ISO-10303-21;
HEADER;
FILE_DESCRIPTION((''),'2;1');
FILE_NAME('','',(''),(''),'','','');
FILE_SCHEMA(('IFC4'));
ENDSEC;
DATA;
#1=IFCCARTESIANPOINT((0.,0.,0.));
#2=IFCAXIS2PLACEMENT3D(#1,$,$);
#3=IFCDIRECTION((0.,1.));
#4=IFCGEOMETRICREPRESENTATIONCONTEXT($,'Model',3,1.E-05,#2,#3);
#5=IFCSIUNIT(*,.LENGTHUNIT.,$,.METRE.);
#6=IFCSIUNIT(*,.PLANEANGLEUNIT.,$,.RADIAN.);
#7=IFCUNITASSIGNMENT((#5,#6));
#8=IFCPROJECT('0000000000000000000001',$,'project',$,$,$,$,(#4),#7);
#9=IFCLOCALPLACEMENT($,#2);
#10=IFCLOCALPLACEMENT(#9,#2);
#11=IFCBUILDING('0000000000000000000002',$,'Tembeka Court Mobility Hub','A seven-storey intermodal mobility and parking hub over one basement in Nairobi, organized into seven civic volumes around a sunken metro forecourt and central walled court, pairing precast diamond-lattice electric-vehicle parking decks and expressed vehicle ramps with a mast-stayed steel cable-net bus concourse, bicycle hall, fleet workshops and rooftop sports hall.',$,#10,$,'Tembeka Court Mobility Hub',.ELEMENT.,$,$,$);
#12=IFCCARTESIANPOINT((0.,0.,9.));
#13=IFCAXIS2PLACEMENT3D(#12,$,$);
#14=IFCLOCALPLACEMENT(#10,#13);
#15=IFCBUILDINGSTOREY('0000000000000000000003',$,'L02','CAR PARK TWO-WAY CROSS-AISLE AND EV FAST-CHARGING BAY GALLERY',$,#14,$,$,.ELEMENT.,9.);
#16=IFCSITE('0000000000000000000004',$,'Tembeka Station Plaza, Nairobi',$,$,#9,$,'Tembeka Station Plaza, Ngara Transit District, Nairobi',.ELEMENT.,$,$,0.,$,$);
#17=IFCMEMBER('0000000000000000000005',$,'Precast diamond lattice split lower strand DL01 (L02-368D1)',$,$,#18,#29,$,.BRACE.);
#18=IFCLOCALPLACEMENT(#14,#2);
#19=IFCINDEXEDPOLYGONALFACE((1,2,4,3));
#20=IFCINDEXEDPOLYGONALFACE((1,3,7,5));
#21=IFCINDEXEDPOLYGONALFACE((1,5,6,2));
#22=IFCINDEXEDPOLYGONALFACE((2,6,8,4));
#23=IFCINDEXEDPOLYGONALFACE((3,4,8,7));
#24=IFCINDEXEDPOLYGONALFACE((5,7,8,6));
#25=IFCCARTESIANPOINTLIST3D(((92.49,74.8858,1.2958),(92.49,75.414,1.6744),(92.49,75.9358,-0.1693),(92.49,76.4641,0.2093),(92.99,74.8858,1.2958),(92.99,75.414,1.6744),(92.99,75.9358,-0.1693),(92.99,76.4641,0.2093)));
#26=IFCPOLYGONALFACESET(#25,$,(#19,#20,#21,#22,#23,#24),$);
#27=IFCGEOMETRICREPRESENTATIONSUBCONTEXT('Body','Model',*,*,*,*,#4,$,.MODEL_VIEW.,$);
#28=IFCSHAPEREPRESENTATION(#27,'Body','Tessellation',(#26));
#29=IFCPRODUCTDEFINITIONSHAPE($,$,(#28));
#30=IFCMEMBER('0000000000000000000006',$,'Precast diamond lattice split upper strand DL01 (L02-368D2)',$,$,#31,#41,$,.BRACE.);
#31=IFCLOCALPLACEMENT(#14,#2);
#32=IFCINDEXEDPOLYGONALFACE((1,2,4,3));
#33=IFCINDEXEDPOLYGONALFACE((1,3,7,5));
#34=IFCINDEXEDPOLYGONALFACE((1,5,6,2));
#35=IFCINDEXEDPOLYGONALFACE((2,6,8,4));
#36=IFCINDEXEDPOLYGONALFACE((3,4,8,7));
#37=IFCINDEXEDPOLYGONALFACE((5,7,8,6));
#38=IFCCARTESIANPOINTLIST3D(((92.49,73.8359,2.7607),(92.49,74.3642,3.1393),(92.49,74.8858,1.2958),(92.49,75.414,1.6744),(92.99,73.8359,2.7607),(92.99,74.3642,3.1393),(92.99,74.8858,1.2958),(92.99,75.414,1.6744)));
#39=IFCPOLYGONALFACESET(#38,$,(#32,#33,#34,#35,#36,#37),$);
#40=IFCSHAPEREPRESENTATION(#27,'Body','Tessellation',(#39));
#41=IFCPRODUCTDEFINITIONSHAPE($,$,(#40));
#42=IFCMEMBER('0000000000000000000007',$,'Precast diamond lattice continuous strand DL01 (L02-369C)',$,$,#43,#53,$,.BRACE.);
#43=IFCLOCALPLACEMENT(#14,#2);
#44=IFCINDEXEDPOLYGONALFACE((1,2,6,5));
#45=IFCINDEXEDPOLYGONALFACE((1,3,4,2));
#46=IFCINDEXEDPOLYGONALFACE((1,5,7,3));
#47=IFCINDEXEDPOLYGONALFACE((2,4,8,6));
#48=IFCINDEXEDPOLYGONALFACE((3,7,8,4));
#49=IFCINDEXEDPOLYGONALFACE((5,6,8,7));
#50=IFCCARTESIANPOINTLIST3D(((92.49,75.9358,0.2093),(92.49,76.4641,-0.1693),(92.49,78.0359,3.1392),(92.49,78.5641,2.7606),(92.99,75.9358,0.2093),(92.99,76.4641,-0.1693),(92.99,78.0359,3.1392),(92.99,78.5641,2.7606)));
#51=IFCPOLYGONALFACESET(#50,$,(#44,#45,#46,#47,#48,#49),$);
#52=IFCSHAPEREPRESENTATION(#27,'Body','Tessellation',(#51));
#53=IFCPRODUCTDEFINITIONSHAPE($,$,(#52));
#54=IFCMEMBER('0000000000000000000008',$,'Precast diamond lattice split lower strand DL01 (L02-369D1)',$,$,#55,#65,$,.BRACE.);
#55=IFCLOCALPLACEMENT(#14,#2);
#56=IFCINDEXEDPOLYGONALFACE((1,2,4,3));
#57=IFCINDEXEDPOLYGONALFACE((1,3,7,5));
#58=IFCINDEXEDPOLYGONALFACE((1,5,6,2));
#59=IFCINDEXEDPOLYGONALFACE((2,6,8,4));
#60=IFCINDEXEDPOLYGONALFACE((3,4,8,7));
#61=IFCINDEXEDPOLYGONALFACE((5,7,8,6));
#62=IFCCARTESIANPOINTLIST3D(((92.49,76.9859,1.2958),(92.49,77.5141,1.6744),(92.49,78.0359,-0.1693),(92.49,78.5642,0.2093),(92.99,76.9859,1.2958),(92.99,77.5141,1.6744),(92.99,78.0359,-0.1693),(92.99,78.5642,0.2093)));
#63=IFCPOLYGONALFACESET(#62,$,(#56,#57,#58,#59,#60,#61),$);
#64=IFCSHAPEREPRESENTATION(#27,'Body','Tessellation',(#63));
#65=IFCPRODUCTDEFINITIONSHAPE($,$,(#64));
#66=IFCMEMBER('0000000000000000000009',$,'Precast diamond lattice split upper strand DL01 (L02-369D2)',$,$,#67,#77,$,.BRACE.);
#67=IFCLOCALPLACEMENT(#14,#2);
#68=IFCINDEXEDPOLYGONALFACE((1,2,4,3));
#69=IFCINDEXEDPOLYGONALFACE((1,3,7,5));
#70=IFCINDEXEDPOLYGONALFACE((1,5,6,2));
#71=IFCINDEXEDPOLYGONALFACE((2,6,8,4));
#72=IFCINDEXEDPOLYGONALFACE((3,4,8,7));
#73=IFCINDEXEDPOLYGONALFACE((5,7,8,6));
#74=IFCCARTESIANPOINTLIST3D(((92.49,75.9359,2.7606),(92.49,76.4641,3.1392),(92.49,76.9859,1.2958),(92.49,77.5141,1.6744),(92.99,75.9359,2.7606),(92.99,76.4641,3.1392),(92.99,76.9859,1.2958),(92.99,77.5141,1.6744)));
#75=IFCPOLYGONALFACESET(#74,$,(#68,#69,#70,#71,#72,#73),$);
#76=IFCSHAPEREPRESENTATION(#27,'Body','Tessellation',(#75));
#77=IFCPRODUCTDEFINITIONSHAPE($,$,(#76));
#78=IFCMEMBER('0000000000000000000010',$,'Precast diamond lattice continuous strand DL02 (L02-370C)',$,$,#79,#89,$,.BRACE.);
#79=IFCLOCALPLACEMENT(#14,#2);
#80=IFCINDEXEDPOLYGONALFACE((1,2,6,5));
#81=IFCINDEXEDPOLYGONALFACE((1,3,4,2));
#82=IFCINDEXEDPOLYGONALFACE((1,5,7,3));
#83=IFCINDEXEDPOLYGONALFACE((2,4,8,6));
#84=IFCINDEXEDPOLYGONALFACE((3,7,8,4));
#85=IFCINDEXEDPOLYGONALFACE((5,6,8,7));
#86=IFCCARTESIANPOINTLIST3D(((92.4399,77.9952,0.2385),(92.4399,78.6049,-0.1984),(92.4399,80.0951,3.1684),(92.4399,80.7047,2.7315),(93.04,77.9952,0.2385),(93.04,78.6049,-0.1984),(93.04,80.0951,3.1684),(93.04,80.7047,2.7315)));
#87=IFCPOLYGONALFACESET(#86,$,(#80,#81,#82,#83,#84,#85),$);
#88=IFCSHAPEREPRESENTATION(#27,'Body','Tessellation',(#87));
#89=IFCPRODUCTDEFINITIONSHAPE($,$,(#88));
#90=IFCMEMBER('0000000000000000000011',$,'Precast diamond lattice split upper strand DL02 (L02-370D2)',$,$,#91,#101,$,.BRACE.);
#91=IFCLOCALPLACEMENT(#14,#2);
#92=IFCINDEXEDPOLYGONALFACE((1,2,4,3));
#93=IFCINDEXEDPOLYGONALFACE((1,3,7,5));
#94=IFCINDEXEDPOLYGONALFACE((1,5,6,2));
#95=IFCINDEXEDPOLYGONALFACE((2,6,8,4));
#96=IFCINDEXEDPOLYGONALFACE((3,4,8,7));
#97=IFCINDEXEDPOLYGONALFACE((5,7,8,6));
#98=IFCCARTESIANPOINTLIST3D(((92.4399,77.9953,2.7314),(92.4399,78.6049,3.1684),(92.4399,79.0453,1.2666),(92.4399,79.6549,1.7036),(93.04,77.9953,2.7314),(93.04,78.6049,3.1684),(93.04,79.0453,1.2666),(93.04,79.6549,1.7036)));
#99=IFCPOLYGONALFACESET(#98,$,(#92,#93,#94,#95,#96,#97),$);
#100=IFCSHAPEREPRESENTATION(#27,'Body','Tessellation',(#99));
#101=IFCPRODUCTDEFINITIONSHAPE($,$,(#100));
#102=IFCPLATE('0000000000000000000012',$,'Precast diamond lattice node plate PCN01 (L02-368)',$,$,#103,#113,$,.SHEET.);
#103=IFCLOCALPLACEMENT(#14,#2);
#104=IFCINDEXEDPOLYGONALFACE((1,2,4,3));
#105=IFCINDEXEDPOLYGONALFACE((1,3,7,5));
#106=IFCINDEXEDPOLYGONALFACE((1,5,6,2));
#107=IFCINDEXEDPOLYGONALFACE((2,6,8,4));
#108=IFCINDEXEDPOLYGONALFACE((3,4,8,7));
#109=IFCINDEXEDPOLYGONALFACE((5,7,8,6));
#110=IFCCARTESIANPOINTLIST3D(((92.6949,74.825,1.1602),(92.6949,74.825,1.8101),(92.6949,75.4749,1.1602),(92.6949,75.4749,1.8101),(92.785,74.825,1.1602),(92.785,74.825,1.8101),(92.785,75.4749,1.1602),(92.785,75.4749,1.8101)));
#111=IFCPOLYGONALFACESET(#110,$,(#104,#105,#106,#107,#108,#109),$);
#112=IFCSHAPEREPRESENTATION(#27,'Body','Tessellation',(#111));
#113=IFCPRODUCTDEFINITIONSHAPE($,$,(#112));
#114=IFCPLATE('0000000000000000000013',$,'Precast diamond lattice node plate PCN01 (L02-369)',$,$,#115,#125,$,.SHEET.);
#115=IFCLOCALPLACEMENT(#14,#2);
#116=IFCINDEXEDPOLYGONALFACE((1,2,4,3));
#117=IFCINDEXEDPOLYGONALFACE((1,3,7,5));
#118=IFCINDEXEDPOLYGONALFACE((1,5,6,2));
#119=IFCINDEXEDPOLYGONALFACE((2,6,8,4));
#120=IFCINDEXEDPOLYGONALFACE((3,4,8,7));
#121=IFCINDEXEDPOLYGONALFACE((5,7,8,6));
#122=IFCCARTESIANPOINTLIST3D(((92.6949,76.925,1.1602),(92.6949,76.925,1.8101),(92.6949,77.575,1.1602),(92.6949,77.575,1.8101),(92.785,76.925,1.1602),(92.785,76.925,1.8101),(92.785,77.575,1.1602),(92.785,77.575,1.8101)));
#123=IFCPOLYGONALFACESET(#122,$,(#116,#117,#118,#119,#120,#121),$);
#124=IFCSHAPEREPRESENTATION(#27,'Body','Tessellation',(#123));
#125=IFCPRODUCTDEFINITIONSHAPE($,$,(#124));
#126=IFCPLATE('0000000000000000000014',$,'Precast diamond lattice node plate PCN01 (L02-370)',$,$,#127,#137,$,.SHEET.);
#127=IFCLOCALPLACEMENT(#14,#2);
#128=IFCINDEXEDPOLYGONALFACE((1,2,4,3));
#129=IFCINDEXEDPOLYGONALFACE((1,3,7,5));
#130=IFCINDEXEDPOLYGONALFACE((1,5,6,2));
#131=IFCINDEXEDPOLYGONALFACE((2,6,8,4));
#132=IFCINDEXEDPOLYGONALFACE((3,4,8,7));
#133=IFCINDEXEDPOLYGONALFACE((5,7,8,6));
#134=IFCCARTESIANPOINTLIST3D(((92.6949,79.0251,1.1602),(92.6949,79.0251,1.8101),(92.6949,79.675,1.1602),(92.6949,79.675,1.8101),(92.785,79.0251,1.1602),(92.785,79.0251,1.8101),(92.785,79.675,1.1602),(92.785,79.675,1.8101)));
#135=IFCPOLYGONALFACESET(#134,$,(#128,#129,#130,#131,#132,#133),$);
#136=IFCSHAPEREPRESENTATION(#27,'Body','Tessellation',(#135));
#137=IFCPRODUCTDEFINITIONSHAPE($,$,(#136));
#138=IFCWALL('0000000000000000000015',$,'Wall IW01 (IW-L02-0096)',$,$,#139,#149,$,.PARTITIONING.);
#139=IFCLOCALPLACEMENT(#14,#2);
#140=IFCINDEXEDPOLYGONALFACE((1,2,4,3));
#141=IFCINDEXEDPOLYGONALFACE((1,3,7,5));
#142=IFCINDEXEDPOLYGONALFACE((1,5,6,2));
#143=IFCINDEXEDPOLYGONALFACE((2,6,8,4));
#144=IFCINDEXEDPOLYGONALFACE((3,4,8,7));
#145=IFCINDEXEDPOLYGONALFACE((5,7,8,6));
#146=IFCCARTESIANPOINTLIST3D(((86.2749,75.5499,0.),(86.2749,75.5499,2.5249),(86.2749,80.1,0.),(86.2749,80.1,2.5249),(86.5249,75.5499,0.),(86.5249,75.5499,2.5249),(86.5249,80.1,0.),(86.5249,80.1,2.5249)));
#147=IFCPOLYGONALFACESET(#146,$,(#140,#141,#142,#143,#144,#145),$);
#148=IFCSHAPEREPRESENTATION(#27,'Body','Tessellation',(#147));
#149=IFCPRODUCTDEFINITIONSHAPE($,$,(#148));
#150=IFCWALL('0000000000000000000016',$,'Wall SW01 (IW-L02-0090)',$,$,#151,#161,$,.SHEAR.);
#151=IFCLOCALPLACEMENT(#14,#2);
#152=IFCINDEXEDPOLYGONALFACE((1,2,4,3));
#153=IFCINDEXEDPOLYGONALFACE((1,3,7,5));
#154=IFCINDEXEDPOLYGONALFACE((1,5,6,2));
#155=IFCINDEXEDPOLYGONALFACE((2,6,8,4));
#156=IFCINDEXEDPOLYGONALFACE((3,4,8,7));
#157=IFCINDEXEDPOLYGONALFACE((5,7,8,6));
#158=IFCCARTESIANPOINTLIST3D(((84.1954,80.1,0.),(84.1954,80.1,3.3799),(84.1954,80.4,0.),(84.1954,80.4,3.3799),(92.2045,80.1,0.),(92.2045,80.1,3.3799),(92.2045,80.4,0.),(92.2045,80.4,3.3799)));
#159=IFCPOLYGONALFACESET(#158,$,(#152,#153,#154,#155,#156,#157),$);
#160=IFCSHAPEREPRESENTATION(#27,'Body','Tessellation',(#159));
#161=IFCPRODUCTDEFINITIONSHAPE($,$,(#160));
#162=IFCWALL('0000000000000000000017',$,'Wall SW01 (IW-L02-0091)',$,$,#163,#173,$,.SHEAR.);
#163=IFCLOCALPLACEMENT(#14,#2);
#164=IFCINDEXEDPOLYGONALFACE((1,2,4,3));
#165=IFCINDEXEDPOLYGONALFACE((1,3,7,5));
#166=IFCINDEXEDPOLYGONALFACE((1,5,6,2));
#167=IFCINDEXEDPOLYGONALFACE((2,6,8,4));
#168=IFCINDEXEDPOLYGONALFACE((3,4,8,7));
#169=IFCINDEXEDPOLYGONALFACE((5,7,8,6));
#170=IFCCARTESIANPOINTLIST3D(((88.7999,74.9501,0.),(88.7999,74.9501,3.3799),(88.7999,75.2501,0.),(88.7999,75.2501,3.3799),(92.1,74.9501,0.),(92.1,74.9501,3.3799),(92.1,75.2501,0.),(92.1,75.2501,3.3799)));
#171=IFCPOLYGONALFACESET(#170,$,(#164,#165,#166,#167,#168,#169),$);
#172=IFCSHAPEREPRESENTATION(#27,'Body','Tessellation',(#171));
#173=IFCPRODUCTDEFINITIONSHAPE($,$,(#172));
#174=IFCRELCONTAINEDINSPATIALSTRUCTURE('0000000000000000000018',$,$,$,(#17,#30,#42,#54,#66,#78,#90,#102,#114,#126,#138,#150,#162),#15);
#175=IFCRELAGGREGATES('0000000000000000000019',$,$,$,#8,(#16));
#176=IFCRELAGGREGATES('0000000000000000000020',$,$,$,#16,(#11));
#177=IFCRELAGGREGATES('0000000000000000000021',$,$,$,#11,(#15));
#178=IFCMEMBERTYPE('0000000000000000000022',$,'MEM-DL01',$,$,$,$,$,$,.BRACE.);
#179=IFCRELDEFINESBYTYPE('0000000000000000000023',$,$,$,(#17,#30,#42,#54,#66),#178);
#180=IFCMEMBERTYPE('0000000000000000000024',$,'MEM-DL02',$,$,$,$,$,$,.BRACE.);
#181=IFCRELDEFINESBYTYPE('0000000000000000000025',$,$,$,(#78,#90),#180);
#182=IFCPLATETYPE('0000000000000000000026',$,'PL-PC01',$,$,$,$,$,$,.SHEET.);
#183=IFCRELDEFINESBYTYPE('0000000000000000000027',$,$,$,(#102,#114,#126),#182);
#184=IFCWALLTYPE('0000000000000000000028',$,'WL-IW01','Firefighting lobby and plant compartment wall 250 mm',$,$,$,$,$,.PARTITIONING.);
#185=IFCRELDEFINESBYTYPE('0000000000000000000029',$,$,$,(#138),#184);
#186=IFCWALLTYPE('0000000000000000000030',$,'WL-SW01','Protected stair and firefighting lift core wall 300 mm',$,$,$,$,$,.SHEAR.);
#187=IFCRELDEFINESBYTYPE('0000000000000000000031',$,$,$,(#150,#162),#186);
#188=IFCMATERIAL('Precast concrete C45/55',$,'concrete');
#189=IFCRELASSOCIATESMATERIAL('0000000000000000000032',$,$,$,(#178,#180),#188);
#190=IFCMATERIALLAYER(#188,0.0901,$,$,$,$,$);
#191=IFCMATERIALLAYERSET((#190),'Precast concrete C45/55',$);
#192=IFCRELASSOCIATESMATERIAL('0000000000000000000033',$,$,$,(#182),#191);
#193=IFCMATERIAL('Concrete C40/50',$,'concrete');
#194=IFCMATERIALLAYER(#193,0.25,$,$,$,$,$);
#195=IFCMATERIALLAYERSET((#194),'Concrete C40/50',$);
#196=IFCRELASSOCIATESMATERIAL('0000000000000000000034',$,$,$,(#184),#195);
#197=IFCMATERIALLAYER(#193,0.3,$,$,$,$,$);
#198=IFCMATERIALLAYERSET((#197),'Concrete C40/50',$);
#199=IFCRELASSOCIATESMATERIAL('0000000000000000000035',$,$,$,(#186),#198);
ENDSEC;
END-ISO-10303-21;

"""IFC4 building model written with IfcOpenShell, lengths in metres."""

from ifc_helpers import new_model, si_unit, direction, frame, frame_2d, origin, origin_2d, place, context, subcontext, project, spatial, rectangle, extrude, material, layer, layer_set, material_profile, profile_set, type_object, element, save


model = new_model("IFC4")

# Units and contexts
model_context = context("Model", 3, precision=1e-05, world=origin(), true_north=direction((0.0, 1.0)))
body_context = subcontext(model_context, "Body", "Model", "MODEL_VIEW")
ifc_project = project(units=[si_unit("LENGTHUNIT", "METRE"), si_unit("PLANEANGLEUNIT", "RADIAN")], contexts=[model_context])

# Site, building, storey
site_placement = place(None, origin())
site = spatial("IfcSite", under=ifc_project, at=site_placement, Name="Tembeka Station Plaza, Nairobi", LongName="Tembeka Station Plaza, Ngara Transit District, Nairobi", CompositionType="ELEMENT", RefElevation=0.0)
building_placement = place(site_placement, origin())
building = spatial("IfcBuilding", under=site, at=building_placement, Name="Tembeka Court Mobility Hub", Description="A seven-storey intermodal mobility and parking hub over one basement in Nairobi, organized into seven civic volumes around a sunken metro forecourt and central walled court, pairing precast diamond-lattice electric-vehicle parking decks and expressed vehicle ramps with a mast-stayed steel cable-net bus concourse, bicycle hall, fleet workshops and rooftop sports hall.", LongName="Tembeka Court Mobility Hub", CompositionType="ELEMENT")
storey_placement = place(building_placement, frame((0.0, 0.0, 9.0)))
storey = spatial("IfcBuildingStorey", under=building, at=storey_placement, Name="L02", Description="CAR PARK TWO-WAY CROSS-AISLE AND EV FAST-CHARGING BAY GALLERY", CompositionType="ELEMENT", Elevation=9.0)

# Members
ifc_material_1 = material(Name="Precast concrete C45/55", Category="concrete")
ifc_material_profile_1 = material_profile(ifc_material_1, rectangle(XDim=0.5, YDim=0.6499, at=origin_2d()), Name="PC-DIAG 500x650")
ifc_profile_set_1 = profile_set([ifc_material_profile_1], Name="Precast concrete C45/55")
member_type_1 = type_object("IfcMemberType", Name="MEM-DL01", PredefinedType="BRACE", material=ifc_profile_set_1)
member_1_placement = place(storey_placement, frame((92.74, 76.2, 0.02), z_axis=(0.0, -0.582544, 0.812799), x_axis=(1.0, 0.0, 0.0)))
element("IfcMember", 1, at=member_1_placement, inside=storey, type_object=member_type_1, Name="Precast diamond lattice split lower strand DL01 (L02-368D1)", PredefinedType="BRACE", context=body_context, shape_type="SweptSolid", body=[
    extrude(rectangle(XDim=0.5, YDim=0.6499, at=origin_2d()), origin(), (0.0, 0.0, 1.0), 1.8025),
])
member_2_placement = place(storey_placement, frame((92.74, 75.1499, 1.4851), z_axis=(0.0, -0.582519, 0.812817), x_axis=(1.0, 0.0, 0.0)))
element("IfcMember", 2, at=member_2_placement, inside=storey, type_object=member_type_1, Name="Precast diamond lattice split upper strand DL01 (L02-368D2)", PredefinedType="BRACE", context=body_context, shape_type="SweptSolid", body=[
    extrude(rectangle(XDim=0.5, YDim=0.6499, at=origin_2d()), origin(), (0.0, 0.0, 1.0), 1.8022),
])
member_3_placement = place(storey_placement, frame((92.74, 76.2, 0.02), z_axis=(0.0, 0.582576, 0.812776), x_axis=(-1.0, 0.0, 0.0)))
element("IfcMember", 3, at=member_3_placement, inside=storey, type_object=member_type_1, Name="Precast diamond lattice continuous strand DL01 (L02-369C)", PredefinedType="BRACE", context=body_context, shape_type="SweptSolid", body=[
    extrude(rectangle(XDim=0.5, YDim=0.6499, at=origin_2d()), origin(), (0.0, 0.0, 1.0), 3.6047),
])
member_4_placement = place(storey_placement, frame((92.74, 78.3, 0.02), z_axis=(0.0, -0.582544, 0.812799), x_axis=(1.0, 0.0, 0.0)))
element("IfcMember", 4, at=member_4_placement, inside=storey, type_object=member_type_1, Name="Precast diamond lattice split lower strand DL01 (L02-369D1)", PredefinedType="BRACE", context=body_context, shape_type="SweptSolid", body=[
    extrude(rectangle(XDim=0.5, YDim=0.6499, at=origin_2d()), origin(), (0.0, 0.0, 1.0), 1.8025),
])
member_5_placement = place(storey_placement, frame((92.74, 77.25, 1.4851), z_axis=(0.0, -0.582608, 0.812753), x_axis=(1.0, 0.0, 0.0)))
element("IfcMember", 5, at=member_5_placement, inside=storey, type_object=member_type_1, Name="Precast diamond lattice split upper strand DL01 (L02-369D2)", PredefinedType="BRACE", context=body_context, shape_type="SweptSolid", body=[
    extrude(rectangle(XDim=0.5, YDim=0.6499, at=origin_2d()), origin(), (0.0, 0.0, 1.0), 1.8022),
])
ifc_material_profile_2 = material_profile(ifc_material_1, rectangle(XDim=0.6001, YDim=0.75, at=origin_2d()), Name="PC-DIAG 600x750")
ifc_profile_set_2 = profile_set([ifc_material_profile_2], Name="Precast concrete C45/55")
member_type_2 = type_object("IfcMemberType", Name="MEM-DL02", PredefinedType="BRACE", material=ifc_profile_set_2)
member_6_placement = place(storey_placement, frame((92.74, 78.3, 0.02), z_axis=(0.0, 0.582532, 0.812808), x_axis=(-1.0, 0.0, 0.0)))
element("IfcMember", 6, at=member_6_placement, inside=storey, type_object=member_type_2, Name="Precast diamond lattice continuous strand DL02 (L02-370C)", PredefinedType="BRACE", context=body_context, shape_type="SweptSolid", body=[
    extrude(rectangle(XDim=0.6001, YDim=0.75, at=origin_2d()), origin(), (0.0, 0.0, 1.0), 3.6047),
])
member_7_placement = place(storey_placement, frame((92.74, 79.3501, 1.4851), z_axis=(0.0, -0.582608, 0.812753), x_axis=(1.0, 0.0, 0.0)))
element("IfcMember", 7, at=member_7_placement, inside=storey, type_object=member_type_2, Name="Precast diamond lattice split upper strand DL02 (L02-370D2)", PredefinedType="BRACE", context=body_context, shape_type="SweptSolid", body=[
    extrude(rectangle(XDim=0.6001, YDim=0.75, at=origin_2d()), origin(), (0.0, 0.0, 1.0), 1.8022),
])

# Plates
ifc_layer_1 = layer(ifc_material_1, 0.0901)
ifc_layer_set_1 = layer_set([ifc_layer_1], Name="Precast concrete C45/55")
plate_type = type_object("IfcPlateType", Name="PL-PC01", PredefinedType="SHEET", material=ifc_layer_set_1)
for number, where, z_axis, x_axis, name in (
    (8, (92.74, 75.1499, 1.1602), (0.0, 0.0, 1.0), (1.0, 0.0, 0.0), "Precast diamond lattice node plate PCN01 (L02-368)"),
    (9, (92.74, 77.25, 1.1602), (0.0, 0.0, 1.0), (1.0, 0.0, 0.0), "Precast diamond lattice node plate PCN01 (L02-369)"),
    (10, (92.74, 79.3501, 1.1602), (0.0, 0.0, 1.0), (1.0, 0.0, 0.0), "Precast diamond lattice node plate PCN01 (L02-370)"),
):
    element("IfcPlate", number, at=place(storey_placement, frame(where, z_axis=z_axis, x_axis=x_axis)), inside=storey, type_object=plate_type, Name=name, PredefinedType="SHEET", context=body_context, shape_type="SweptSolid", body=[
        extrude(rectangle(XDim=0.0901, YDim=0.6499, at=origin_2d()), origin(), (0.0, 0.0, 1.0), 0.6499),
    ])

# Walls
ifc_material_2 = material(Name="Concrete C40/50", Category="concrete")
ifc_layer_2 = layer(ifc_material_2, 0.25)
ifc_layer_set_2 = layer_set([ifc_layer_2], Name="Concrete C40/50")
wall_type_1 = type_object("IfcWallType", Name="WL-IW01", Description="Firefighting lobby and plant compartment wall 250 mm", PredefinedType="PARTITIONING", material=ifc_layer_set_2)
wall_1_placement = place(storey_placement, frame((86.3999, 75.55, 0.0), z_axis=(0.0, 0.0, 1.0), x_axis=(0.0, 1.0, 0.0)))
element("IfcWall", 11, at=wall_1_placement, inside=storey, type_object=wall_type_1, Name="Wall IW01 (IW-L02-0096)", PredefinedType="PARTITIONING", context=body_context, shape_type="SweptSolid", body=[
    extrude(rectangle(XDim=4.55, YDim=0.25, at=frame_2d((2.2749, 0.0))), origin(), (0.0, 0.0, 1.0), 2.5249),
])
ifc_layer_3 = layer(ifc_material_2, 0.3)
ifc_layer_set_3 = layer_set([ifc_layer_3], Name="Concrete C40/50")
wall_type_2 = type_object("IfcWallType", Name="WL-SW01", Description="Protected stair and firefighting lift core wall 300 mm", PredefinedType="SHEAR", material=ifc_layer_set_3)
wall_2_placement = place(storey_placement, frame((84.1956, 80.25, 0.0), z_axis=(0.0, 0.0, 1.0), x_axis=(1.0, 0.0, 0.0)))
element("IfcWall", 12, at=wall_2_placement, inside=storey, type_object=wall_type_2, Name="Wall SW01 (IW-L02-0090)", PredefinedType="SHEAR", context=body_context, shape_type="SweptSolid", body=[
    extrude(rectangle(XDim=8.009, YDim=0.3, at=frame_2d((4.0044, 0.0))), origin(), (0.0, 0.0, 1.0), 3.3799),
])
wall_3_placement = place(storey_placement, frame((88.8, 75.1001, 0.0), z_axis=(0.0, 0.0, 1.0), x_axis=(1.0, 0.0, 0.0)))
element("IfcWall", 13, at=wall_3_placement, inside=storey, type_object=wall_type_2, Name="Wall SW01 (IW-L02-0091)", PredefinedType="SHEAR", context=body_context, shape_type="SweptSolid", body=[
    extrude(rectangle(XDim=3.3, YDim=0.3, at=frame_2d((1.6499, 0.0))), origin(), (0.0, 0.0, 1.0), 3.3799),
])

save(model, "model.ifc")
